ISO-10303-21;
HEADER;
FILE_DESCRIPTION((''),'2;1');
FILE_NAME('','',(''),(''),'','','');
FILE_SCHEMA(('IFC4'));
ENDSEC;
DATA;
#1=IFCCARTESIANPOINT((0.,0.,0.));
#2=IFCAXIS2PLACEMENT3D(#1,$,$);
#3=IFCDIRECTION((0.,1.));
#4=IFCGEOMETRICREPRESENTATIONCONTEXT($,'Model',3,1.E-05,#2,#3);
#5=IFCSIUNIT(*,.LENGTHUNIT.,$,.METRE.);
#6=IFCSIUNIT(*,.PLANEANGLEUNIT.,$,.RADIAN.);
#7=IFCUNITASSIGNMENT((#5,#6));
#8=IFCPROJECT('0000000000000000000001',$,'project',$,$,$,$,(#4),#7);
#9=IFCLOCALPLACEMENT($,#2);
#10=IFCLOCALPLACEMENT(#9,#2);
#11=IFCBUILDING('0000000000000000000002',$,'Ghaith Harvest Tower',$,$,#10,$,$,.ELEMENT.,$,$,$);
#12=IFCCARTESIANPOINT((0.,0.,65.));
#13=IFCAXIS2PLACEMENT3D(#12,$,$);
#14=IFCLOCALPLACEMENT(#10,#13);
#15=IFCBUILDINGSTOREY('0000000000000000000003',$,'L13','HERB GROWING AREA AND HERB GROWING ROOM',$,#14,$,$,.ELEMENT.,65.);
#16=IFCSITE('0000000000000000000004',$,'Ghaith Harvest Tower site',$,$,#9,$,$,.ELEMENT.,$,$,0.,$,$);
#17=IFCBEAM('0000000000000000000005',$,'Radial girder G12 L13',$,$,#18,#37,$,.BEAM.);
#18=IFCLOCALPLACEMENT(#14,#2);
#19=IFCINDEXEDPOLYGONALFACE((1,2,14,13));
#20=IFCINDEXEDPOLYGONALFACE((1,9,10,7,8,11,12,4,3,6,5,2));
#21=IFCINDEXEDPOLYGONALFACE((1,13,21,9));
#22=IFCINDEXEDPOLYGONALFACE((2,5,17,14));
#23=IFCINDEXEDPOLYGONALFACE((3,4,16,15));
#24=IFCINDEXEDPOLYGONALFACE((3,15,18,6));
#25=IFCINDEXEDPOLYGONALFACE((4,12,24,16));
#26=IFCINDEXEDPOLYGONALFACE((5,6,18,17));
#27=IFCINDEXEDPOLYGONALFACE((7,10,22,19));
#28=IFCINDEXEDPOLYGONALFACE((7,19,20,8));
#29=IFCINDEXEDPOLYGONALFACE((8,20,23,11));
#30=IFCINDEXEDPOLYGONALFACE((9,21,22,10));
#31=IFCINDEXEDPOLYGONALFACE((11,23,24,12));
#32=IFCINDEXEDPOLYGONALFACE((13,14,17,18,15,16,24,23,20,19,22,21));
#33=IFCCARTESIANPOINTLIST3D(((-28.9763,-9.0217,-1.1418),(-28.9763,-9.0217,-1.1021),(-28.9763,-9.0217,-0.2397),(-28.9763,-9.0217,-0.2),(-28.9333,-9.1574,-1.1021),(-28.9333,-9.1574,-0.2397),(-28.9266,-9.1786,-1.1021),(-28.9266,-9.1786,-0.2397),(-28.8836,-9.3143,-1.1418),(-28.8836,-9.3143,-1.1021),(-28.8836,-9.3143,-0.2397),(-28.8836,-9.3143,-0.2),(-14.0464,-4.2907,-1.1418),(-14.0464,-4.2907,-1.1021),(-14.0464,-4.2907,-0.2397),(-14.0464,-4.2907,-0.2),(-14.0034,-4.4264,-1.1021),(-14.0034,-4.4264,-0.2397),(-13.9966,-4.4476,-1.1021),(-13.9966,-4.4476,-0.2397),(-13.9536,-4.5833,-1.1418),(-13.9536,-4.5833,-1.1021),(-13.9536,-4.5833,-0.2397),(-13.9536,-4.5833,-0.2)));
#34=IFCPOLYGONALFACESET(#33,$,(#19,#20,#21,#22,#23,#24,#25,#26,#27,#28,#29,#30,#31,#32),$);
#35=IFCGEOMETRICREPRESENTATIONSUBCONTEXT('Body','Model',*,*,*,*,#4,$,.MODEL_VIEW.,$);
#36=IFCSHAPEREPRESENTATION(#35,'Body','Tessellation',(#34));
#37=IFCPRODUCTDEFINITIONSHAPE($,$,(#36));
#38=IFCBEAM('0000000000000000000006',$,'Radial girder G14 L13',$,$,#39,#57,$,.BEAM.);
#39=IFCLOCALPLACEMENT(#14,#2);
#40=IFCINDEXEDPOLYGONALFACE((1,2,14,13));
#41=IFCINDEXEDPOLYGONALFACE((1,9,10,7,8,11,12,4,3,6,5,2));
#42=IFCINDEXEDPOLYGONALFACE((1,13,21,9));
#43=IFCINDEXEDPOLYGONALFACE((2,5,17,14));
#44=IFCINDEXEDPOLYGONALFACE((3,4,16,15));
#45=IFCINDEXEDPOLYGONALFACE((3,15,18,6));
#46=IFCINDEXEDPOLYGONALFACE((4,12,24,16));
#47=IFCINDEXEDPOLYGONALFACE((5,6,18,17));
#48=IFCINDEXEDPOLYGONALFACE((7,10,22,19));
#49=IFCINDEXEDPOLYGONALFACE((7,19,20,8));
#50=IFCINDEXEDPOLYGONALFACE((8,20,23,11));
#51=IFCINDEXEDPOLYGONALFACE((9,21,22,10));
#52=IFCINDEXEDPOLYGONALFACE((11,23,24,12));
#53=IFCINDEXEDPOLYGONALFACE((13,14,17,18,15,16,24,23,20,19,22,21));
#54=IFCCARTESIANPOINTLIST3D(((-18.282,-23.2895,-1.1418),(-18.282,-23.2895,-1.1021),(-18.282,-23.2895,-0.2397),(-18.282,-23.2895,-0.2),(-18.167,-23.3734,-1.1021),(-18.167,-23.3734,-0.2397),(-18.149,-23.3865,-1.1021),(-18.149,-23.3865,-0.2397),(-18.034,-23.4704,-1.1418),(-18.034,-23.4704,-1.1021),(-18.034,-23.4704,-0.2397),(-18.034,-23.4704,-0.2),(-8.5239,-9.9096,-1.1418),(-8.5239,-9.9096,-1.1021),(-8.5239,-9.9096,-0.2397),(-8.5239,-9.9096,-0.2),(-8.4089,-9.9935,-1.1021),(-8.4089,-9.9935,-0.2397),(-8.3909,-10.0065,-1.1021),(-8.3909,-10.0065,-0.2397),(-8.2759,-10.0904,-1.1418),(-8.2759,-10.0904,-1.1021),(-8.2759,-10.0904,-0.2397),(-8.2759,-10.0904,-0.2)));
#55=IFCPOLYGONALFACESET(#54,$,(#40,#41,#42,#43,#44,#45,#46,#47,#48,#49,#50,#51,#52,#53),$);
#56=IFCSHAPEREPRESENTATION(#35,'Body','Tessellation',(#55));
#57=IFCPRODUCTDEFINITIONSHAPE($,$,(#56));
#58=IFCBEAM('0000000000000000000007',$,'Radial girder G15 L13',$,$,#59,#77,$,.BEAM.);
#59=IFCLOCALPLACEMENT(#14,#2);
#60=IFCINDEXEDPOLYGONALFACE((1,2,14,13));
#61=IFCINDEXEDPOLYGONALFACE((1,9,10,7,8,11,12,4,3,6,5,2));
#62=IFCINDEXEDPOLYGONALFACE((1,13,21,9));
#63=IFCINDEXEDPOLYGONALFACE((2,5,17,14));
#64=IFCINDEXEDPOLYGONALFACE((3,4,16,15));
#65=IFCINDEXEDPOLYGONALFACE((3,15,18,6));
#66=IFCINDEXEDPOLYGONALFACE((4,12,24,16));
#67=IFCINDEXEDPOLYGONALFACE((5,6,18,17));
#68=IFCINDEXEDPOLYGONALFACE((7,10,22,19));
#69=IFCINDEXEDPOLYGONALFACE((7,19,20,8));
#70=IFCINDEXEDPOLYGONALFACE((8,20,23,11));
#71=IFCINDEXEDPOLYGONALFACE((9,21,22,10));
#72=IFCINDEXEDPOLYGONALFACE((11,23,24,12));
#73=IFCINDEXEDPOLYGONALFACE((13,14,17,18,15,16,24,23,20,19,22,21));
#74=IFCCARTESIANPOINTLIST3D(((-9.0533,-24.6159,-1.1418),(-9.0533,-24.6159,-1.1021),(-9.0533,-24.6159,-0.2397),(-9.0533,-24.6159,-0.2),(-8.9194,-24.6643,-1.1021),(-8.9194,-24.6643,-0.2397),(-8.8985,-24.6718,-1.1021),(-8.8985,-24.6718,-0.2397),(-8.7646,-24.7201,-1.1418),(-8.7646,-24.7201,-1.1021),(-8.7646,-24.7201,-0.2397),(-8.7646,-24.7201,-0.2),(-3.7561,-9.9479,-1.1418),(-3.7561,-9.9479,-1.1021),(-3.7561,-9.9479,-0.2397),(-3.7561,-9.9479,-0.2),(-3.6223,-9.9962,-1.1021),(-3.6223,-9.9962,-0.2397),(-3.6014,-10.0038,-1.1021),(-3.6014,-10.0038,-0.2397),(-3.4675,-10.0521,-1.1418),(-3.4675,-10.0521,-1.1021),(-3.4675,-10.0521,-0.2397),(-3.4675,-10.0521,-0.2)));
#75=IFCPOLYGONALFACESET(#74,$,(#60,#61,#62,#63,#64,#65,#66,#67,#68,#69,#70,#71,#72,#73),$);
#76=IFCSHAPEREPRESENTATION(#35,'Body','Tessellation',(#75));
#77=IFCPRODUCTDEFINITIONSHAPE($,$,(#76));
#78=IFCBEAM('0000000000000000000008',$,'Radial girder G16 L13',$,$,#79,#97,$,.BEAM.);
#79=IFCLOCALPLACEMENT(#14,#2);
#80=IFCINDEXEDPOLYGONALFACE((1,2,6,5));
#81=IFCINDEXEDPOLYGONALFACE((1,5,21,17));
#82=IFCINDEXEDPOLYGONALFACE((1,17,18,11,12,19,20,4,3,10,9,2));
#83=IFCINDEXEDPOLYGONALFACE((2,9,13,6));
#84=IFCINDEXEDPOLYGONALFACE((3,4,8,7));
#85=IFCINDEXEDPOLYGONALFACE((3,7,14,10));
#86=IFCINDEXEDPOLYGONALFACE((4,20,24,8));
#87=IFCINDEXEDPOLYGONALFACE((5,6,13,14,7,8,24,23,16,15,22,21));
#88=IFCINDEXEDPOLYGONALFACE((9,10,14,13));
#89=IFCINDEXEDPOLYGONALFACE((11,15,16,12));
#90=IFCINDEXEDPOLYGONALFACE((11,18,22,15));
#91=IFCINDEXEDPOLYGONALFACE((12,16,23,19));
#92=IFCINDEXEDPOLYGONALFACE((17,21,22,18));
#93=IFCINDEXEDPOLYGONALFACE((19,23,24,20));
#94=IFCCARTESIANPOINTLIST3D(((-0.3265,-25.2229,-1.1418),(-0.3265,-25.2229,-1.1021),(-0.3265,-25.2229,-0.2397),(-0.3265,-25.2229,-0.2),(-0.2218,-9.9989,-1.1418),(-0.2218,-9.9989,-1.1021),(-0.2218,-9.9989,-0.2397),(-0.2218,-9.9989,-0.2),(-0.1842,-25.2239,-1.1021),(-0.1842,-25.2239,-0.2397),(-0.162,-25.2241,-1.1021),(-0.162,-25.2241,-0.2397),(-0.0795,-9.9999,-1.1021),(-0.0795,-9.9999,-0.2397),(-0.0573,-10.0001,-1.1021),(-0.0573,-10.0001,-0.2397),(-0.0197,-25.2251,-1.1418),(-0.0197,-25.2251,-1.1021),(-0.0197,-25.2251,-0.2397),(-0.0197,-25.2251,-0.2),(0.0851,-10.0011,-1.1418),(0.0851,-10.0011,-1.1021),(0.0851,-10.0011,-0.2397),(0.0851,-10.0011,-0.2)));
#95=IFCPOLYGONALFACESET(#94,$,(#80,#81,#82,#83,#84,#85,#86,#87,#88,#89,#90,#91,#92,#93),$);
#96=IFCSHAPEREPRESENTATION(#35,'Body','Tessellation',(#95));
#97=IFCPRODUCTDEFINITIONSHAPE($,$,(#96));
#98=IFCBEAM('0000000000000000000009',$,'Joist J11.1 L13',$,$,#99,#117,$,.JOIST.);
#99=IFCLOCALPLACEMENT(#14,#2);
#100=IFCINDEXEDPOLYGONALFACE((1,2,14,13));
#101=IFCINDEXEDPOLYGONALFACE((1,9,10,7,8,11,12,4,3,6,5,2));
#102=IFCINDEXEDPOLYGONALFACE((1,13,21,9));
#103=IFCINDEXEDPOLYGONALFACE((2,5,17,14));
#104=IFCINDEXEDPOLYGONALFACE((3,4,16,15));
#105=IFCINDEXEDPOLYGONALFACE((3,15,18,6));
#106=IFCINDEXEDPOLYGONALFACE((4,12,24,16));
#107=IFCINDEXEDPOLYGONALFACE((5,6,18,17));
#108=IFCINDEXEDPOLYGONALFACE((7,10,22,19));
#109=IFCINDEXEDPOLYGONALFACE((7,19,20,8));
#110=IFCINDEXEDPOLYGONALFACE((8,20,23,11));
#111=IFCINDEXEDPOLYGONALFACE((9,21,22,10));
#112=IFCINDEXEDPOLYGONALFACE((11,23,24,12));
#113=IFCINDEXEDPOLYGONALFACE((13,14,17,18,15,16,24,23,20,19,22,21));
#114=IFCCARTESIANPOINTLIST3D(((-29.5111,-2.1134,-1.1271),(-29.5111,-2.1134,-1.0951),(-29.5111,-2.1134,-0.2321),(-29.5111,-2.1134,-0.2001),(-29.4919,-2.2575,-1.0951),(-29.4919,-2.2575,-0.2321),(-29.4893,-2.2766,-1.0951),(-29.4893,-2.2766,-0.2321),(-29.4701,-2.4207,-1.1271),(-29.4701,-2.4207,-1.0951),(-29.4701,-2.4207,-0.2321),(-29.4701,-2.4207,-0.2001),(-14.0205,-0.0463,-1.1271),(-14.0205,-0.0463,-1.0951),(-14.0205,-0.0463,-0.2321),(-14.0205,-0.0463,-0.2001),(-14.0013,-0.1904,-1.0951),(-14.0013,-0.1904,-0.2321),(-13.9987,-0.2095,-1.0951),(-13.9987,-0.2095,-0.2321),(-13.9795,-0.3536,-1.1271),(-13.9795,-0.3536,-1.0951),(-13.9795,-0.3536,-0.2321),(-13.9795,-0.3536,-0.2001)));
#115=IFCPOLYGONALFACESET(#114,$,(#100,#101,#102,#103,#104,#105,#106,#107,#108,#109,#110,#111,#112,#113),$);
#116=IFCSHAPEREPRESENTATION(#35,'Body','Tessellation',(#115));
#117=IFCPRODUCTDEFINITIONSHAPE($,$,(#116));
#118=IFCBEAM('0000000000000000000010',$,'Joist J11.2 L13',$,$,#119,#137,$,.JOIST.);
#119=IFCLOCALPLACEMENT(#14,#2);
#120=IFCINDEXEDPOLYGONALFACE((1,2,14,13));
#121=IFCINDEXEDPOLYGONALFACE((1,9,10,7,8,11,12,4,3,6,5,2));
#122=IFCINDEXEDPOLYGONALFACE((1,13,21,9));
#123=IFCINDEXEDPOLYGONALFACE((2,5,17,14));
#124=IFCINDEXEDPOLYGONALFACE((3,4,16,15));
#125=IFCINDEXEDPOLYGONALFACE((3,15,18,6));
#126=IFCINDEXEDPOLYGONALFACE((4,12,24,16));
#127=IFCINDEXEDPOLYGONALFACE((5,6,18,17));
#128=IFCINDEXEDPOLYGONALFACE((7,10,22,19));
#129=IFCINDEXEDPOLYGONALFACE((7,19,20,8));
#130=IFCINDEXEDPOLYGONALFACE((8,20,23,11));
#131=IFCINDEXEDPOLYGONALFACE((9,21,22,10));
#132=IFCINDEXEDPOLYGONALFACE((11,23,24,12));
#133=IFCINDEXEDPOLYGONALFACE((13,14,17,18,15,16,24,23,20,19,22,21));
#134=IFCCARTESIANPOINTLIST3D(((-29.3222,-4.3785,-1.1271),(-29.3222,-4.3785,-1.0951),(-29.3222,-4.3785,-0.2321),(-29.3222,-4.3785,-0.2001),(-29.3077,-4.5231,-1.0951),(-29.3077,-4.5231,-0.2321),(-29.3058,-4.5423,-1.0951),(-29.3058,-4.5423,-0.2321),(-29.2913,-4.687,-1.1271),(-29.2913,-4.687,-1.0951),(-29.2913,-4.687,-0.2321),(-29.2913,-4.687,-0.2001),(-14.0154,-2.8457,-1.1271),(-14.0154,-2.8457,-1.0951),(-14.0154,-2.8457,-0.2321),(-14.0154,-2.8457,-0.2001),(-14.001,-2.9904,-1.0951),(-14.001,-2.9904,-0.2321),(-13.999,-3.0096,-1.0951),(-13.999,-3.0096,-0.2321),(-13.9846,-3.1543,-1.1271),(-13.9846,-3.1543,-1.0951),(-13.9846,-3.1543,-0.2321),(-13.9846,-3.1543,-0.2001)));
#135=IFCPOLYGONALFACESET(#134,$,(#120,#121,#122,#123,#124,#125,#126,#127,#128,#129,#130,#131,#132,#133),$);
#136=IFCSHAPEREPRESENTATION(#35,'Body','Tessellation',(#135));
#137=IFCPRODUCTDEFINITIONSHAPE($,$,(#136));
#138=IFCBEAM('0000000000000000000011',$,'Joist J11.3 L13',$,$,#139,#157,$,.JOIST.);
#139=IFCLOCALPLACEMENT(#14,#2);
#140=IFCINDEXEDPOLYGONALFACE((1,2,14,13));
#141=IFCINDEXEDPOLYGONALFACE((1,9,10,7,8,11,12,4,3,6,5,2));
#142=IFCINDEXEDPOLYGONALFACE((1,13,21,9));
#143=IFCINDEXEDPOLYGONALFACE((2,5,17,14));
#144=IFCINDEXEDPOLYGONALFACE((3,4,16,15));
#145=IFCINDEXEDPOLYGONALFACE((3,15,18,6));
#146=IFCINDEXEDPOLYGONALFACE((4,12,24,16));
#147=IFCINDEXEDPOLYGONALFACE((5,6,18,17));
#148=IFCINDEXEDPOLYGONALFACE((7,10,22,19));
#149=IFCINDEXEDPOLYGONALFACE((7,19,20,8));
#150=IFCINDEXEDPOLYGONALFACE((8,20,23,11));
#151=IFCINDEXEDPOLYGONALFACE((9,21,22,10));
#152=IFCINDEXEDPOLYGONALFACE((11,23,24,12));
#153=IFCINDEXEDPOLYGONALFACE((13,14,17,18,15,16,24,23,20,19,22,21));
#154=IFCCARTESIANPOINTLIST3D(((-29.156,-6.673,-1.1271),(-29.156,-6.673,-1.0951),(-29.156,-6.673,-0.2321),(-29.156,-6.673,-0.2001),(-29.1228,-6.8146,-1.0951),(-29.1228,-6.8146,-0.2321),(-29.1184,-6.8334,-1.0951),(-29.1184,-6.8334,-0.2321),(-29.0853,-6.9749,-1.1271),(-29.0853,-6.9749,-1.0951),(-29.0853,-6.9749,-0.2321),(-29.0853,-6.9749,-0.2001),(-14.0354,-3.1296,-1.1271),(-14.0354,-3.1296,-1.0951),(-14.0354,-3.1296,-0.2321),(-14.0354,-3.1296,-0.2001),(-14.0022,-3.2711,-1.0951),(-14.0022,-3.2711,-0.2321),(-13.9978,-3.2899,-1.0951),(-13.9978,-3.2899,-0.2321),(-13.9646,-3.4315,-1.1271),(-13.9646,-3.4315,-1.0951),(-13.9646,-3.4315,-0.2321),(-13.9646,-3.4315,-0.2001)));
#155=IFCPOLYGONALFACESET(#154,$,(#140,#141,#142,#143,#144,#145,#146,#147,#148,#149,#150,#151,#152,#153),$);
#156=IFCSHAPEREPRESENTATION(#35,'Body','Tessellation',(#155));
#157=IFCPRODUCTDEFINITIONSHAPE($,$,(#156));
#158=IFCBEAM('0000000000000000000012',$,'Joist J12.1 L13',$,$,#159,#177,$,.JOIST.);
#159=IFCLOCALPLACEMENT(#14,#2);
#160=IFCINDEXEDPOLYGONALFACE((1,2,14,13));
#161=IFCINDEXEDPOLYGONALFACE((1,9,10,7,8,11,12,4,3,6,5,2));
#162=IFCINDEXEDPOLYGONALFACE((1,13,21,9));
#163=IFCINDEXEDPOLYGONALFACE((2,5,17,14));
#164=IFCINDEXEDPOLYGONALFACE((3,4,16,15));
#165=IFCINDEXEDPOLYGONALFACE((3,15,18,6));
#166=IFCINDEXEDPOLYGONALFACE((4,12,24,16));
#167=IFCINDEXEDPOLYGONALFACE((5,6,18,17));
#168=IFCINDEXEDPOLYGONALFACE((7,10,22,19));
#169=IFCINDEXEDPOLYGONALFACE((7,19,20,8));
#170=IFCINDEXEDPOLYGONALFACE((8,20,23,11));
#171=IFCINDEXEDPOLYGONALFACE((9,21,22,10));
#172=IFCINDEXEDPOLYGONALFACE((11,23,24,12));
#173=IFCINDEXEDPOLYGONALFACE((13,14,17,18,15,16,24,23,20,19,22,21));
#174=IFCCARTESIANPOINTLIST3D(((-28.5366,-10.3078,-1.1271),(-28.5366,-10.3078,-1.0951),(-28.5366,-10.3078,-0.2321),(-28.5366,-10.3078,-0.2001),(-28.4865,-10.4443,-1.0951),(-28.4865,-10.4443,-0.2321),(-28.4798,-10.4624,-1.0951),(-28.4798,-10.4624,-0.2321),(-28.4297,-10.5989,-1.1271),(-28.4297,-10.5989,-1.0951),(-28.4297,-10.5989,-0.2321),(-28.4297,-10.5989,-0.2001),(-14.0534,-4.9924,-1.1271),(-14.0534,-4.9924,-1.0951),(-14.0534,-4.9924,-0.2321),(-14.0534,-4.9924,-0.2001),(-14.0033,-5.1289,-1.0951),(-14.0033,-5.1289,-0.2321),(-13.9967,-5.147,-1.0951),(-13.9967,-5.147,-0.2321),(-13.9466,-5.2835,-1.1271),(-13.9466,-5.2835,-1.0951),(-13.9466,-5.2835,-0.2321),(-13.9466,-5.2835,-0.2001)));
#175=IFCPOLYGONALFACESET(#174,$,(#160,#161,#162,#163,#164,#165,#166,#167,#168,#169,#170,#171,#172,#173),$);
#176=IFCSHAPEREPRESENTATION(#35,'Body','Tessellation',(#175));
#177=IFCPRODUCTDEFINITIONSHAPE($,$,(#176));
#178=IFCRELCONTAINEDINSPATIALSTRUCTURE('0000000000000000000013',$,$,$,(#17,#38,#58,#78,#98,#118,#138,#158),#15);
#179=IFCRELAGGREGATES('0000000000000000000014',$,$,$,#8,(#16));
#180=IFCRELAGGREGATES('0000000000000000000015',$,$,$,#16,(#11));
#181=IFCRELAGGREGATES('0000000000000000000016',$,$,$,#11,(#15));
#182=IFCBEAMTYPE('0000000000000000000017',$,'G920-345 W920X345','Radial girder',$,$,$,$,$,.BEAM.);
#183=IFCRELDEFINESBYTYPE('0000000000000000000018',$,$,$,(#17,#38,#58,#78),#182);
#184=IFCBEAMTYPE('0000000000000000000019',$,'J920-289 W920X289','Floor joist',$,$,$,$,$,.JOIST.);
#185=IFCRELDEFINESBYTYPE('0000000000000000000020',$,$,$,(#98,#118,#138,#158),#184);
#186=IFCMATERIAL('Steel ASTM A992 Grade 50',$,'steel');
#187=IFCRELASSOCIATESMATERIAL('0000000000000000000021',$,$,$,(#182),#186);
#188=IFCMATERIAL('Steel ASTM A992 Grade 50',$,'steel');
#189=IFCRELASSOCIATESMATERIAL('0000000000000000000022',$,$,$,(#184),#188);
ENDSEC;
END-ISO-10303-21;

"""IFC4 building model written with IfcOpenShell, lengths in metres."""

from ifc_helpers import new_model, si_unit, direction, frame, origin, origin_2d, place, context, subcontext, project, spatial, i_section, extrude, material, material_profile, profile_set, type_object, element, save


model = new_model("IFC4")

# Units and contexts
model_context = context("Model", 3, precision=1e-05, world=origin(), true_north=direction((0.0, 1.0)))
body_context = subcontext(model_context, "Body", "Model", "MODEL_VIEW")
ifc_project = project(units=[si_unit("LENGTHUNIT", "METRE"), si_unit("PLANEANGLEUNIT", "RADIAN")], contexts=[model_context])

# Site, building, storey
site_placement = place(None, origin())
site = spatial("IfcSite", under=ifc_project, at=site_placement, Name="Ghaith Harvest Tower site", CompositionType="ELEMENT", RefElevation=0.0)
building_placement = place(site_placement, origin())
building = spatial("IfcBuilding", under=site, at=building_placement, Name="Ghaith Harvest Tower", CompositionType="ELEMENT")
storey_placement = place(building_placement, frame((0.0, 0.0, 65.0)))
storey = spatial("IfcBuildingStorey", under=building, at=storey_placement, Name="L13", Description="HERB GROWING AREA AND HERB GROWING ROOM", CompositionType="ELEMENT", Elevation=65.0)

# Beams
ifc_material_1 = material(Name="Steel ASTM A992 Grade 50", Category="steel")
ifc_material_profile_1 = material_profile(ifc_material_1, i_section(OverallWidth=0.3069, OverallDepth=0.9419, WebThickness=0.0222, FlangeThickness=0.0398, at=origin_2d()), Name="W920X345")
ifc_profile_set_1 = profile_set([ifc_material_profile_1], Name="Steel ASTM A992 Grade 50")
beam_type_1 = type_object("IfcBeamType", Name="G920-345 W920X345", Description="Radial girder", PredefinedType="BEAM", material=ifc_profile_set_1)
beam_1_placement = place(storey_placement, frame((-14.0, -4.437, -0.6709), z_axis=(-0.953284, -0.302074, 0.0), x_axis=(0.302074, -0.953284, 0.0)))
element("IfcBeam", 1, at=beam_1_placement, inside=storey, type_object=beam_type_1, Name="Radial girder G12 L13", PredefinedType="BEAM", context=body_context, shape_type="SweptSolid", body=[
    extrude(i_section(OverallWidth=0.3069, OverallDepth=0.9419, WebThickness=0.0222, FlangeThickness=0.0398, at=origin_2d()), origin(), (0.0, 0.0, 1.0), 15.6616),
])
beam_2_placement = place(storey_placement, frame((-8.3999, -10.0, -0.6709), z_axis=(-0.589247, -0.807953, 0.0), x_axis=(0.807953, -0.589247, 0.0)))
element("IfcBeam", 2, at=beam_2_placement, inside=storey, type_object=beam_type_1, Name="Radial girder G14 L13", PredefinedType="BEAM", context=body_context, shape_type="SweptSolid", body=[
    extrude(i_section(OverallWidth=0.3069, OverallDepth=0.9419, WebThickness=0.0222, FlangeThickness=0.0398, at=origin_2d()), origin(), (0.0, 0.0, 1.0), 16.5603),
])
beam_3_placement = place(storey_placement, frame((-3.6118, -10.0, -0.6709), z_axis=(-0.339664, -0.940547, 0.0), x_axis=(0.940547, -0.339664, 0.0)))
element("IfcBeam", 3, at=beam_3_placement, inside=storey, type_object=beam_type_1, Name="Radial girder G15 L13", PredefinedType="BEAM", context=body_context, shape_type="SweptSolid", body=[
    extrude(i_section(OverallWidth=0.3069, OverallDepth=0.9419, WebThickness=0.0222, FlangeThickness=0.0398, at=origin_2d()), origin(), (0.0, 0.0, 1.0), 15.5952),
])
beam_4_placement = place(storey_placement, frame((-0.0684, -10.0, -0.6709), z_axis=(-0.006879, -0.999976, 0.0), x_axis=(0.999976, -0.006879, 0.0)))
element("IfcBeam", 4, at=beam_4_placement, inside=storey, type_object=beam_type_1, Name="Radial girder G16 L13", PredefinedType="BEAM", context=body_context, shape_type="SweptSolid", body=[
    extrude(i_section(OverallWidth=0.3069, OverallDepth=0.9419, WebThickness=0.0222, FlangeThickness=0.0398, at=origin_2d()), origin(), (0.0, 0.0, 1.0), 15.2244),
])
ifc_material_2 = material(Name="Steel ASTM A992 Grade 50", Category="steel")
ifc_material_profile_2 = material_profile(ifc_material_2, i_section(OverallWidth=0.3101, OverallDepth=0.927, WebThickness=0.0193, FlangeThickness=0.032, at=origin_2d()), Name="W920X289")
ifc_profile_set_2 = profile_set([ifc_material_profile_2], Name="Steel ASTM A992 Grade 50")
beam_type_2 = type_object("IfcBeamType", Name="J920-289 W920X289", Description="Floor joist", PredefinedType="JOIST", material=ifc_profile_set_2)
beam_5_placement = place(storey_placement, frame((-14.0, -0.2, -0.6636), z_axis=(-0.991214, -0.132271, 0.0), x_axis=(0.132271, -0.991214, 0.0)))
element("IfcBeam", 5, at=beam_5_placement, inside=storey, type_object=beam_type_2, Name="Joist J11.1 L13", PredefinedType="JOIST", context=body_context, shape_type="SweptSolid", body=[
    extrude(i_section(OverallWidth=0.3101, OverallDepth=0.927, WebThickness=0.0193, FlangeThickness=0.032, at=origin_2d()), origin(), (0.0, 0.0, 1.0), 15.6279),
])
beam_6_placement = place(storey_placement, frame((-14.0, -3.0, -0.6636), z_axis=(-0.995024, -0.099636, 0.0), x_axis=(0.099636, -0.995024, 0.0)))
element("IfcBeam", 6, at=beam_6_placement, inside=storey, type_object=beam_type_2, Name="Joist J11.2 L13", PredefinedType="JOIST", context=body_context, shape_type="SweptSolid", body=[
    extrude(i_section(OverallWidth=0.3101, OverallDepth=0.927, WebThickness=0.0193, FlangeThickness=0.032, at=origin_2d()), origin(), (0.0, 0.0, 1.0), 15.3833),
])
beam_7_placement = place(storey_placement, frame((-14.0, -3.2805, -0.6636), z_axis=(-0.973623, -0.228165, 0.0), x_axis=(0.228165, -0.973623, 0.0)))
element("IfcBeam", 7, at=beam_7_placement, inside=storey, type_object=beam_type_2, Name="Joist J11.3 L13", PredefinedType="JOIST", context=body_context, shape_type="SweptSolid", body=[
    extrude(i_section(OverallWidth=0.3101, OverallDepth=0.927, WebThickness=0.0193, FlangeThickness=0.032, at=origin_2d()), origin(), (0.0, 0.0, 1.0), 15.5303),
])
beam_8_placement = place(storey_placement, frame((-14.0, -5.1379, -0.6636), z_axis=(-0.938773, -0.344537, 0.0), x_axis=(0.344537, -0.938773, 0.0)))
element("IfcBeam", 8, at=beam_8_placement, inside=storey, type_object=beam_type_2, Name="Joist J12.1 L13", PredefinedType="JOIST", context=body_context, shape_type="SweptSolid", body=[
    extrude(i_section(OverallWidth=0.3101, OverallDepth=0.927, WebThickness=0.0193, FlangeThickness=0.032, at=origin_2d()), origin(), (0.0, 0.0, 1.0), 15.4277),
])

save(model, "model.ifc")
